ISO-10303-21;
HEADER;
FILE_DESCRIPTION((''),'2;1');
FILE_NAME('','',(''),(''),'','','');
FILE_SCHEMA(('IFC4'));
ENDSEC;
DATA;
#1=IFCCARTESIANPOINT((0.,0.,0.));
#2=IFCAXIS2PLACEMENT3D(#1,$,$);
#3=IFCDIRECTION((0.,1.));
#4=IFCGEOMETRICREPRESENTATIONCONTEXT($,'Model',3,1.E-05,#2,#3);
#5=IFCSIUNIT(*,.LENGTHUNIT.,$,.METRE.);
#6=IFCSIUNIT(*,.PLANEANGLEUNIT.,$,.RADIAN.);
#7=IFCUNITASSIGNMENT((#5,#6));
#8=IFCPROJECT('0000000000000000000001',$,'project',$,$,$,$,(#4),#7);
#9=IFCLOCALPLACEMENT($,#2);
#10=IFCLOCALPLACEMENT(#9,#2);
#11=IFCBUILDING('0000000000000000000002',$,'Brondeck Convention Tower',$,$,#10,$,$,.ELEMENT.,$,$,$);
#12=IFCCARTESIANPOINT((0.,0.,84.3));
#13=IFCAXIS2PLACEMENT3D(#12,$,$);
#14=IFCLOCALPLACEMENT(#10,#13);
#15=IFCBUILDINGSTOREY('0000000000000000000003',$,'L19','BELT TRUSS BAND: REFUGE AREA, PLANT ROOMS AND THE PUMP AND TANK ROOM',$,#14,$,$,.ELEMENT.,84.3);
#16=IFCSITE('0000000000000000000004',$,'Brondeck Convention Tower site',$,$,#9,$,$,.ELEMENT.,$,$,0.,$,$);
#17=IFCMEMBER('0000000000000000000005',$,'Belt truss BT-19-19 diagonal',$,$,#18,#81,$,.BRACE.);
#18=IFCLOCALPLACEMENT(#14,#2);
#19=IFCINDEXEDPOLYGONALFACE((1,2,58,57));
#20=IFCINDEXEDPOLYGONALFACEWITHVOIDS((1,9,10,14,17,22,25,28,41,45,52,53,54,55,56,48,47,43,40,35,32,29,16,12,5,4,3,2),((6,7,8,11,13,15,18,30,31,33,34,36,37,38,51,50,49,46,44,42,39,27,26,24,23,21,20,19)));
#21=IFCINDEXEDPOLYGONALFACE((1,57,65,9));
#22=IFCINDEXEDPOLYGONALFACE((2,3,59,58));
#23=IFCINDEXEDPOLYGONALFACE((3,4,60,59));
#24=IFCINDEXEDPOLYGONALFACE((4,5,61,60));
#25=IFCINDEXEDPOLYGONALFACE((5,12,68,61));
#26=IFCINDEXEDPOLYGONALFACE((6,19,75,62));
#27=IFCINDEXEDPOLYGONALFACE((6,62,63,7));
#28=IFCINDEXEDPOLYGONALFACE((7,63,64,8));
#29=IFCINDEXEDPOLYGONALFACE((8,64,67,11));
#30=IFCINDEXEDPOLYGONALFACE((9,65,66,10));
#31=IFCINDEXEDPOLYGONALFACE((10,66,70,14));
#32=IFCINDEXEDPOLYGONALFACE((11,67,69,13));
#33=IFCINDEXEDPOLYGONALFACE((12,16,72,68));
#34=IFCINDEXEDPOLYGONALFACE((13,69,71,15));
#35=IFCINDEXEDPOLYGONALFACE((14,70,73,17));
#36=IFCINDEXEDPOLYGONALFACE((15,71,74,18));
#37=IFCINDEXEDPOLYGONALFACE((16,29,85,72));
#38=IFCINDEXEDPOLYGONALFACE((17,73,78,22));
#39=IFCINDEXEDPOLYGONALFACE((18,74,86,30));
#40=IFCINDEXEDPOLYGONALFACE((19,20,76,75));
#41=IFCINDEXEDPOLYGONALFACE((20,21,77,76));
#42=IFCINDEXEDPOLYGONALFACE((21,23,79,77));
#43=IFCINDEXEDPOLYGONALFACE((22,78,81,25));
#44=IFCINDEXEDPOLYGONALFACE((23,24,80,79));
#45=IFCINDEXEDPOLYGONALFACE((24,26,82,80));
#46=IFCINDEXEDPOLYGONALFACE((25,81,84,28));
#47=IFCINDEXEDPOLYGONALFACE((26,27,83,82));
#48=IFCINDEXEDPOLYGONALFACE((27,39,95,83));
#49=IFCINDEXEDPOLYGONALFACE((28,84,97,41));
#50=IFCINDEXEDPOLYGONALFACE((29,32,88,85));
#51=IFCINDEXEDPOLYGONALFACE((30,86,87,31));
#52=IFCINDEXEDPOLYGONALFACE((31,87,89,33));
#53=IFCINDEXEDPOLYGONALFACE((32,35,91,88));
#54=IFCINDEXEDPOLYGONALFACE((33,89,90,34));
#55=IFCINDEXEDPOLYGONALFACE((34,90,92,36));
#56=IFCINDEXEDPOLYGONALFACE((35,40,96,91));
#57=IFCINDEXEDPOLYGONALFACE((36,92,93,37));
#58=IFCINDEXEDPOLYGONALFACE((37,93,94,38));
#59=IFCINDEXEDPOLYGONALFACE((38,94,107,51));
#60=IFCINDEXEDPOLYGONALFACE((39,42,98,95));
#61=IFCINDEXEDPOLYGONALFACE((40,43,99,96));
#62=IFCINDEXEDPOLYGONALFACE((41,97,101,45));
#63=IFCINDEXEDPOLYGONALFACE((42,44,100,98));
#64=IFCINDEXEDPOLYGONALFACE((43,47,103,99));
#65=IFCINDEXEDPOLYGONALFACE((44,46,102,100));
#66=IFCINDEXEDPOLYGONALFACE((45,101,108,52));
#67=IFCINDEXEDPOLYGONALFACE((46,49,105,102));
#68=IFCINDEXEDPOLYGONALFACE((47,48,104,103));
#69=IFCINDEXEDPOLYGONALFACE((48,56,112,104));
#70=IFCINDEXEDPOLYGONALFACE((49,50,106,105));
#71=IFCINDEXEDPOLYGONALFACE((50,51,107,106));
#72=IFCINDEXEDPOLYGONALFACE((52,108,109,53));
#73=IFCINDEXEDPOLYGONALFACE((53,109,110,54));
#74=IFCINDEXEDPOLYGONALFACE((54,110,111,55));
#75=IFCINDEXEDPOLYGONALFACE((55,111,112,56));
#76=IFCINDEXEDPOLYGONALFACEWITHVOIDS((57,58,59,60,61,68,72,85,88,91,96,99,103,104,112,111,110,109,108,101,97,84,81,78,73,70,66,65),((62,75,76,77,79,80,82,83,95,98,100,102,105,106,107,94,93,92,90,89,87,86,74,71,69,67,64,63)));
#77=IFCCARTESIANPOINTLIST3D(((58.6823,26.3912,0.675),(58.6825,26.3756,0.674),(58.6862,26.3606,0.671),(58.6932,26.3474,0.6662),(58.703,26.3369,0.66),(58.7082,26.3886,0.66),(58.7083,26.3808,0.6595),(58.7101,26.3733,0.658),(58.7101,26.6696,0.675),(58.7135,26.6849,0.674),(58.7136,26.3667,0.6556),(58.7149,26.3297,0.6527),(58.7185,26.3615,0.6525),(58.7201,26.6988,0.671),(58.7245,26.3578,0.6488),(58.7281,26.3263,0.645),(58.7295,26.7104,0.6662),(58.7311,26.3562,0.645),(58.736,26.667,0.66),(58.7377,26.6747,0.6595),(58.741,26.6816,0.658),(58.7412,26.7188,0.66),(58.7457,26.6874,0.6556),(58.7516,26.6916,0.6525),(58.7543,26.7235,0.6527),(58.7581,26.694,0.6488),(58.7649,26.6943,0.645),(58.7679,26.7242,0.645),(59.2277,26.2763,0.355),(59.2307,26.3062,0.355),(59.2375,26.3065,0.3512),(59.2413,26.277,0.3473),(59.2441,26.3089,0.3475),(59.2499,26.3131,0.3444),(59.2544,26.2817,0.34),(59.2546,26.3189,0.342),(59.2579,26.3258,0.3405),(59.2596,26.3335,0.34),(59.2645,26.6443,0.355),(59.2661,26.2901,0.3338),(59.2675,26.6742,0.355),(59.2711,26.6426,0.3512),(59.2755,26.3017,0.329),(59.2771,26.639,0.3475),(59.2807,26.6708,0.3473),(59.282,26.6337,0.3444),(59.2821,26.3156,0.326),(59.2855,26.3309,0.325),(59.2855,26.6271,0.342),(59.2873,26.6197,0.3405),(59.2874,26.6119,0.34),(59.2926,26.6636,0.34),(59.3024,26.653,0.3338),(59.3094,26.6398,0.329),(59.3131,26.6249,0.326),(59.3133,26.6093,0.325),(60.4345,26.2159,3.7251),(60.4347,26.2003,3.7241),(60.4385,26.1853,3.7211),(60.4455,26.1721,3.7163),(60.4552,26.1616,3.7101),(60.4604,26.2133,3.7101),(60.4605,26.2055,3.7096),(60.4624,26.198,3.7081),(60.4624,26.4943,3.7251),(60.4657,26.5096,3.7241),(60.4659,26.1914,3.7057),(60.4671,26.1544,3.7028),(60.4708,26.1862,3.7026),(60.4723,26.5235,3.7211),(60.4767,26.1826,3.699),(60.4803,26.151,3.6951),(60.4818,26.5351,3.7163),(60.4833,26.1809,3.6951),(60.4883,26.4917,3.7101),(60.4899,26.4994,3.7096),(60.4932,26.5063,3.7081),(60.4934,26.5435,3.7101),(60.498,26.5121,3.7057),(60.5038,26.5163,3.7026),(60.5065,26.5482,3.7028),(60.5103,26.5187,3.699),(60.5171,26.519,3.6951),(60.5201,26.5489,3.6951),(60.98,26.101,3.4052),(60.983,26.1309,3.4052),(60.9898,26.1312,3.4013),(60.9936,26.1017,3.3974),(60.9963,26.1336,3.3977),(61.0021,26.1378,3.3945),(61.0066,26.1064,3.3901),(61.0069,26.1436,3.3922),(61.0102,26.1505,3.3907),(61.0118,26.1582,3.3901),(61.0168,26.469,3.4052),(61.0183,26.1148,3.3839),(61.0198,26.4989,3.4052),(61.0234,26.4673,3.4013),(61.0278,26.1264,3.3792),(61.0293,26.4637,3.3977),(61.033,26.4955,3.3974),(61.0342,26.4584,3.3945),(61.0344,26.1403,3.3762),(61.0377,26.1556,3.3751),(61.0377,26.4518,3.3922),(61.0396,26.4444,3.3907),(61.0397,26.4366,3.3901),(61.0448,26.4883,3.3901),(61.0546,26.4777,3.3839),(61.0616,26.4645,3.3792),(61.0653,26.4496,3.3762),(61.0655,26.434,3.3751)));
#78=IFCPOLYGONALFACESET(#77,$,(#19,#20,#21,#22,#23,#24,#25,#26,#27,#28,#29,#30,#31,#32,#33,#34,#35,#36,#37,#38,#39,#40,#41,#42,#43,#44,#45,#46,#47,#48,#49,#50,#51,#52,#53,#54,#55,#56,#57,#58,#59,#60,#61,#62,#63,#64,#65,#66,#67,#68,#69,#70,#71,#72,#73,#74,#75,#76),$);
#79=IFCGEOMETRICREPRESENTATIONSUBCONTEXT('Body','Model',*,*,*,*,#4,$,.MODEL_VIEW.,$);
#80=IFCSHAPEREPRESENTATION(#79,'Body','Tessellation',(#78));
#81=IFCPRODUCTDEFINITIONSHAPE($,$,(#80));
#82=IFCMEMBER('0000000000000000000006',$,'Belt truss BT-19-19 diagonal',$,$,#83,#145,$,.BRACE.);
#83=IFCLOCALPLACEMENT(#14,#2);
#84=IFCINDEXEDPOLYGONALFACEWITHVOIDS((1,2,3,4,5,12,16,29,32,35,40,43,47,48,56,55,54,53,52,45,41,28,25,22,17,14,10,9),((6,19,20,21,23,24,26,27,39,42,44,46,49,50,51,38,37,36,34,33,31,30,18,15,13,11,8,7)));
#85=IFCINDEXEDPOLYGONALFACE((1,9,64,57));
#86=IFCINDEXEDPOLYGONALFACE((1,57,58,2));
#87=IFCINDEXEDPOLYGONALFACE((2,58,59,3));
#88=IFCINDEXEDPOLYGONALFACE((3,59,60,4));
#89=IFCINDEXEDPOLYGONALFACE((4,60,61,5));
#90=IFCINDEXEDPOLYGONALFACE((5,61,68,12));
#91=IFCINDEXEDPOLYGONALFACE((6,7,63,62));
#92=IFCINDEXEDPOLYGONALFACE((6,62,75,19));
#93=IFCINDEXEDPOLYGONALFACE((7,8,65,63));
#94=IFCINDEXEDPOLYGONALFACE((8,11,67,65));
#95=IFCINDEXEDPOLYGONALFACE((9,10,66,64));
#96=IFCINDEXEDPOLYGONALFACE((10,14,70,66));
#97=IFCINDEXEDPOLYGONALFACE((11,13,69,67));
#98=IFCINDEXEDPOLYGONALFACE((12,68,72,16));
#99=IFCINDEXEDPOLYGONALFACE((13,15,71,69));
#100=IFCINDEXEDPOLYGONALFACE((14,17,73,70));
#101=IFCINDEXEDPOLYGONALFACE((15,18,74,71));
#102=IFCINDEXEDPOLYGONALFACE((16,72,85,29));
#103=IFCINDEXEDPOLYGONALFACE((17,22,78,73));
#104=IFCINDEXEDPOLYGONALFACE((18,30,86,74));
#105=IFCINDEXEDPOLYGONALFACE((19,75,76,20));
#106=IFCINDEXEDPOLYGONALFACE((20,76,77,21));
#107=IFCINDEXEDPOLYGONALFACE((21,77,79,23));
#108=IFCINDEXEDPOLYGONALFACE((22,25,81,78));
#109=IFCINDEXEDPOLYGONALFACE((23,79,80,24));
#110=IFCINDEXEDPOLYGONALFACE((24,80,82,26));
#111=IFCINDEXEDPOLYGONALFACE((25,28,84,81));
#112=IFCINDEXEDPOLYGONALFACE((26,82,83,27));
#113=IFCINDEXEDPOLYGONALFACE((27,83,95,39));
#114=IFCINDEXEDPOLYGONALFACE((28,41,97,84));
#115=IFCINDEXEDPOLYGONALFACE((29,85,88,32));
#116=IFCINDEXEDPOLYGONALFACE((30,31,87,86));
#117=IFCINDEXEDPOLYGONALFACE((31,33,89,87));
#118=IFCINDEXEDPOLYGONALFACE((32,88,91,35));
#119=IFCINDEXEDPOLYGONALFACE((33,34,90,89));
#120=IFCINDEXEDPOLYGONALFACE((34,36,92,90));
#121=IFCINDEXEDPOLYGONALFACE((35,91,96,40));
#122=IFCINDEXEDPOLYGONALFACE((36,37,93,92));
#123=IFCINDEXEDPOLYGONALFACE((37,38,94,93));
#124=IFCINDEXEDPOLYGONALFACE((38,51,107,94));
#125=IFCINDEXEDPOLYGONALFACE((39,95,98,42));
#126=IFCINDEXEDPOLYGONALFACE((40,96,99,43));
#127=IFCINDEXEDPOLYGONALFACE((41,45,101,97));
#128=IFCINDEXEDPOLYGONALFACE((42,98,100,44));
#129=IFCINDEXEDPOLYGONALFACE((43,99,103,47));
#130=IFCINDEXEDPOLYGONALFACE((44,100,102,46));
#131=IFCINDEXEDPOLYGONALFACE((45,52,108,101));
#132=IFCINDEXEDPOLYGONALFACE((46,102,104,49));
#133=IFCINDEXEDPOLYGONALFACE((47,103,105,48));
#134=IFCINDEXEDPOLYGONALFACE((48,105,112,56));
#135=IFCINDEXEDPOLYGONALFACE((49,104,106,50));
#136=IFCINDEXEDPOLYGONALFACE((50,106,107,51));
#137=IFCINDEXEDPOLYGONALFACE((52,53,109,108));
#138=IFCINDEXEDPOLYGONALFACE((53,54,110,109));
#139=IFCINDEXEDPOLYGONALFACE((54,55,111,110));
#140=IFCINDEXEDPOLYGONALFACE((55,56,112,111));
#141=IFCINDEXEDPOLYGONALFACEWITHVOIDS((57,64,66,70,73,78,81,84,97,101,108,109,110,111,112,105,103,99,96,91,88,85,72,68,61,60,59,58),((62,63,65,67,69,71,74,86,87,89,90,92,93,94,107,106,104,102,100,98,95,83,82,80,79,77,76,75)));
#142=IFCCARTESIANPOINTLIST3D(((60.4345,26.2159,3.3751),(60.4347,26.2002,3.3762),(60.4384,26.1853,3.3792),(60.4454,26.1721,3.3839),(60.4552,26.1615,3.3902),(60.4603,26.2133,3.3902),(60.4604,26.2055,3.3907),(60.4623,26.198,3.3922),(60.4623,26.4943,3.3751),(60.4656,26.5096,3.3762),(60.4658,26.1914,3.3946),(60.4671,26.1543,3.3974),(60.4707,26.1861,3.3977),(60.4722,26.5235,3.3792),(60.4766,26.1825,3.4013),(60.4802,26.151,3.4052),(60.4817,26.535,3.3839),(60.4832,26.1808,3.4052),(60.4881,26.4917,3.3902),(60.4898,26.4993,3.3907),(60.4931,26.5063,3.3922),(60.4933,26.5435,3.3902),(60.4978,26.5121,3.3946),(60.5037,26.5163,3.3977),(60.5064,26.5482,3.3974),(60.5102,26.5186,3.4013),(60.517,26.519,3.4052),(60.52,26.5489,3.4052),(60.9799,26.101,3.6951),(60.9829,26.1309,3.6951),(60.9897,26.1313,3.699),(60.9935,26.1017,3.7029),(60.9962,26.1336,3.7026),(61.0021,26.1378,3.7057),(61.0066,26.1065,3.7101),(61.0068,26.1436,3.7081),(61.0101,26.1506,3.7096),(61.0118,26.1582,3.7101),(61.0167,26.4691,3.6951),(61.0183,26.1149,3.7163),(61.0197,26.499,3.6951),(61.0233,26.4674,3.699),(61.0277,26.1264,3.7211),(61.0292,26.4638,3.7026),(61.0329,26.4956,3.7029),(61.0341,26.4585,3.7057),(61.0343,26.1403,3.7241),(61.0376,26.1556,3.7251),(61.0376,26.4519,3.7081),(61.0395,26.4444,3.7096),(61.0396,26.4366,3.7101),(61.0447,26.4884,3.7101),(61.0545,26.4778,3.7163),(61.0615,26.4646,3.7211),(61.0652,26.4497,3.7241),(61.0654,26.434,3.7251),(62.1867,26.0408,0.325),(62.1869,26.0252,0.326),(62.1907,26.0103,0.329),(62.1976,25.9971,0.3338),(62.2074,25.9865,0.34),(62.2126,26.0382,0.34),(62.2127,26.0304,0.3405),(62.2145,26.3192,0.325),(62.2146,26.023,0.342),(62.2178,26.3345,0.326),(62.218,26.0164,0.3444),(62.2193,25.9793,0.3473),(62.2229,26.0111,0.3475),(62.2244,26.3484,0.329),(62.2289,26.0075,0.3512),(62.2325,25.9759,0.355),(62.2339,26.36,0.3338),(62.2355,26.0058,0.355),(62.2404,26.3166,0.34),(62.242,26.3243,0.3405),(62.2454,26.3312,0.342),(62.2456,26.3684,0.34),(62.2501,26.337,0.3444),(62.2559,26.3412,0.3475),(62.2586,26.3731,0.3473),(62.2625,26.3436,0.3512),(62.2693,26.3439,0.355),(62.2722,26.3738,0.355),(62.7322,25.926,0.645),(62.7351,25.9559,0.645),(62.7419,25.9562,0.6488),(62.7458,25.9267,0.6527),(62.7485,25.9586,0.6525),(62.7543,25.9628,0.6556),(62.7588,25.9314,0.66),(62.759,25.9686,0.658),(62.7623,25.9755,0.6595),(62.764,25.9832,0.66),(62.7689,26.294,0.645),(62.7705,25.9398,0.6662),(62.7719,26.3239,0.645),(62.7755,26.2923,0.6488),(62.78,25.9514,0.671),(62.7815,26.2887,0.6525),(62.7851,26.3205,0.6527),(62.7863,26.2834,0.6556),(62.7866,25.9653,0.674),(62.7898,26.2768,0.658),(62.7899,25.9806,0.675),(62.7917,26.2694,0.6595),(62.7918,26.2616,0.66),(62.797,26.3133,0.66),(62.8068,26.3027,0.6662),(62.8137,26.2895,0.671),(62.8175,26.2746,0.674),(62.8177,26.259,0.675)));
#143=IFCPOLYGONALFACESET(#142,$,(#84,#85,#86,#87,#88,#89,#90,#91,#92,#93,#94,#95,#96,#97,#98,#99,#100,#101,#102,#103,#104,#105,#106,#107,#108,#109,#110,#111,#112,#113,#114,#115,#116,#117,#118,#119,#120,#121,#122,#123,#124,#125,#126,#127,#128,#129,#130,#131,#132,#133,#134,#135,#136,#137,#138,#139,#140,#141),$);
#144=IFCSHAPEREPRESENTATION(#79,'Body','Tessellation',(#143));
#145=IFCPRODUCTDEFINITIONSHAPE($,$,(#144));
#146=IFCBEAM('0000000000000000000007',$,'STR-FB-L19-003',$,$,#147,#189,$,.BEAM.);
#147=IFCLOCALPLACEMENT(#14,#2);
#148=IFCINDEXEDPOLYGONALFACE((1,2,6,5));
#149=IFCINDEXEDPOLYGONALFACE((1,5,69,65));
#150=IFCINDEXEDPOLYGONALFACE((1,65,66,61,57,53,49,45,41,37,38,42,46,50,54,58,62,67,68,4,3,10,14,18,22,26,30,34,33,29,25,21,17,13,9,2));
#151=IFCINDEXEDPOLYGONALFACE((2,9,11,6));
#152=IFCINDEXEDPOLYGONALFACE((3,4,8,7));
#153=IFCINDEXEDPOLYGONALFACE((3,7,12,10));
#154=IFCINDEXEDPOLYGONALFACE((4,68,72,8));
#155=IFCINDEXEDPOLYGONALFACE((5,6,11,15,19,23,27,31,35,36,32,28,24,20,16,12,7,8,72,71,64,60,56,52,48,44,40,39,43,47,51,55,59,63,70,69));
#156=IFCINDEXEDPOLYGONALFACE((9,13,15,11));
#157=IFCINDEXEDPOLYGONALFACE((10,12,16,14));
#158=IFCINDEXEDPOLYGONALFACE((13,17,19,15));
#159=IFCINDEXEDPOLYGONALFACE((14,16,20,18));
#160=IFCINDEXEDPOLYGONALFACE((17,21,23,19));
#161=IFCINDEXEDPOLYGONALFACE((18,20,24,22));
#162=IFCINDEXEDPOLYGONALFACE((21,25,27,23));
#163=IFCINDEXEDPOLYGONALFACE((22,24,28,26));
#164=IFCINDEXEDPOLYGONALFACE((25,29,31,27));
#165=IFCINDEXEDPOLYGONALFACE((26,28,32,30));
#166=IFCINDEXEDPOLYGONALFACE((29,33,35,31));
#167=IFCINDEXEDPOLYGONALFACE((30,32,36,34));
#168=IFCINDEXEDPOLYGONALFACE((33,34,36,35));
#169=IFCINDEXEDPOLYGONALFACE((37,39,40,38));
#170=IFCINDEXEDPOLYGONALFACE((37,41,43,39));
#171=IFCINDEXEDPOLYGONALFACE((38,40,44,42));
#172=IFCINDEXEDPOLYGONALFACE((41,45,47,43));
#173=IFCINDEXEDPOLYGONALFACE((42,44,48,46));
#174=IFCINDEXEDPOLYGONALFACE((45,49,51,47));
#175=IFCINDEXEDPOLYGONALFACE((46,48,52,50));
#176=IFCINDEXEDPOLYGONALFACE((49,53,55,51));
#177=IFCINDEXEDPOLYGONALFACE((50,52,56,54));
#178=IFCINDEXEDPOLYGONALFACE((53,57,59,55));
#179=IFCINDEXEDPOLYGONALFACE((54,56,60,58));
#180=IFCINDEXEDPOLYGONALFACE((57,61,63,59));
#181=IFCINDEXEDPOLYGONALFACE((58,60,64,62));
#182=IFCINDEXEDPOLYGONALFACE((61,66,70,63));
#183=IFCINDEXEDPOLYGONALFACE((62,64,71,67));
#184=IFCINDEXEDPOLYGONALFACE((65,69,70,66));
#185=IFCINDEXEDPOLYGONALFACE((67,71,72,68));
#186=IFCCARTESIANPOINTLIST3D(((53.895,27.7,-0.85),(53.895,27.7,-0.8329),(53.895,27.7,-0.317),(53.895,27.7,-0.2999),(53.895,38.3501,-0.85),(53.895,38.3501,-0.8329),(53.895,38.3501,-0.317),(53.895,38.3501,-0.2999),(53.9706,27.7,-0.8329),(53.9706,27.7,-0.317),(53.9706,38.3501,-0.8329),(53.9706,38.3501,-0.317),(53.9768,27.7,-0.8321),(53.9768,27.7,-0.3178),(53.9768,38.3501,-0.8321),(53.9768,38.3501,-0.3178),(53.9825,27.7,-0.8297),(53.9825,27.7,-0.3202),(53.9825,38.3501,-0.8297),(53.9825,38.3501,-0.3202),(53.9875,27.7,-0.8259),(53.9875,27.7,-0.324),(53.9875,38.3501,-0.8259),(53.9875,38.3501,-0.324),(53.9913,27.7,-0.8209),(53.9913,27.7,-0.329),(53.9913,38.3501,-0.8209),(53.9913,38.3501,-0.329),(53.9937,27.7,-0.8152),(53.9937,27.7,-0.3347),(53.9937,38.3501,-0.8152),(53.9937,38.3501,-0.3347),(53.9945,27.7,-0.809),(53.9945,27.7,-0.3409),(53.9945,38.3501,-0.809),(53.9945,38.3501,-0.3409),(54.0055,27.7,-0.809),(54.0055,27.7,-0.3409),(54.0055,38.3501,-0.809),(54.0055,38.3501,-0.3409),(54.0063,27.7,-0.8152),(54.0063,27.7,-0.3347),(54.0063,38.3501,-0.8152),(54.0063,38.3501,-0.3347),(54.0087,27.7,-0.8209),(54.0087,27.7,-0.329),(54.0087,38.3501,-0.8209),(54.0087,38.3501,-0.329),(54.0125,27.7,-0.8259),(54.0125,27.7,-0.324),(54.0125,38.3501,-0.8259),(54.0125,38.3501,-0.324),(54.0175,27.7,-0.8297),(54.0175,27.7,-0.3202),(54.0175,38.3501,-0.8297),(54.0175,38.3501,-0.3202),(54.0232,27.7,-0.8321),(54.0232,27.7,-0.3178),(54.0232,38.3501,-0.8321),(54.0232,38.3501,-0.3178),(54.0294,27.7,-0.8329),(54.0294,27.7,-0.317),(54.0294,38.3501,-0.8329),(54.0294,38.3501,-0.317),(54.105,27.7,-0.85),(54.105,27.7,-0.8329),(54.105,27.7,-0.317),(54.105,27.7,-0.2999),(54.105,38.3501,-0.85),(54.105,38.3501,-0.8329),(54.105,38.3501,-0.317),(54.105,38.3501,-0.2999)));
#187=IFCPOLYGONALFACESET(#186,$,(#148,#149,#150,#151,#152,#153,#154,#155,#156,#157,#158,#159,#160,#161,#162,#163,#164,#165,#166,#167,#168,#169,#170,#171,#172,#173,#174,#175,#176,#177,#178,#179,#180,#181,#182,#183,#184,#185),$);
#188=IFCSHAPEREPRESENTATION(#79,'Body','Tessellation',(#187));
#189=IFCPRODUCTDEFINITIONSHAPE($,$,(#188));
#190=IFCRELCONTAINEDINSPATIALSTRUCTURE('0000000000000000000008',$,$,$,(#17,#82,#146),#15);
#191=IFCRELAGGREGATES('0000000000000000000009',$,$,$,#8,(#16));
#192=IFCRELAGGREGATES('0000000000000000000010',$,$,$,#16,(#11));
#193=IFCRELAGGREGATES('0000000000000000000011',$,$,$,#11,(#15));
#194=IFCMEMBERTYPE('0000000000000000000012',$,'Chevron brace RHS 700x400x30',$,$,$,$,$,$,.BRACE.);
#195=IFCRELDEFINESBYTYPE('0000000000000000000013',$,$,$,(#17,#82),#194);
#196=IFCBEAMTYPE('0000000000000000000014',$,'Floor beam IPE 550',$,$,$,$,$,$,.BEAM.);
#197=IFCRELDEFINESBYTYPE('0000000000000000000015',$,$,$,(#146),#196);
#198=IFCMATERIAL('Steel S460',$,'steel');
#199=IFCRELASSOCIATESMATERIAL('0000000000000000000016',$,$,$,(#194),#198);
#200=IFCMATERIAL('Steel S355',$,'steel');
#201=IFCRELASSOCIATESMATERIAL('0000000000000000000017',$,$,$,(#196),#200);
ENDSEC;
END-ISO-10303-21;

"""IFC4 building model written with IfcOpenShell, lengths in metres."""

from ifc_helpers import new_model, si_unit, direction, frame, origin, origin_2d, place, context, subcontext, project, spatial, hollow_rectangle, i_section, extrude, material, material_profile, profile_set, type_object, element, save


model = new_model("IFC4")

# Units and contexts
model_context = context("Model", 3, precision=1e-05, world=origin(), true_north=direction((0.0, 1.0)))
body_context = subcontext(model_context, "Body", "Model", "MODEL_VIEW")
ifc_project = project(units=[si_unit("LENGTHUNIT", "METRE"), si_unit("PLANEANGLEUNIT", "RADIAN")], contexts=[model_context])

# Site, building, storey
site_placement = place(None, origin())
site = spatial("IfcSite", under=ifc_project, at=site_placement, Name="Brondeck Convention Tower site", CompositionType="ELEMENT", RefElevation=0.0)
building_placement = place(site_placement, origin())
building = spatial("IfcBuilding", under=site, at=building_placement, Name="Brondeck Convention Tower", CompositionType="ELEMENT")
storey_placement = place(building_placement, frame((0.0, 0.0, 84.3)))
storey = spatial("IfcBuildingStorey", under=building, at=storey_placement, Name="L19", Description="BELT TRUSS BAND: REFUGE AREA, PLANT ROOMS AND THE PUMP AND TANK ROOM", CompositionType="ELEMENT", Elevation=84.3)

# Members
ifc_material_1 = material(Name="Steel S460", Category="steel")
ifc_material_profile_1 = material_profile(ifc_material_1, hollow_rectangle(XDim=0.3999, YDim=0.7, WallThickness=0.03, InnerFilletRadius=0.03, OuterFilletRadius=0.0601, at=origin_2d()), Name="RHS 700x400x30")
ifc_profile_set_1 = profile_set([ifc_material_profile_1], Name="Steel S460")
member_type_1 = type_object("IfcMemberType", Name="Chevron brace RHS 700x400x30", PredefinedType="BRACE", material=ifc_profile_set_1)
for number, where, z_axis, x_axis, name in (
    (1, (58.9978, 26.5002, 0.5), (0.497516, -0.049772, 0.866026), (0.099545, 0.995033, 0.0), "Belt truss BT-19-19 diagonal"),
    (2, (62.5022, 26.1499, 0.5), (-0.497518, 0.049703, 0.866029), (-0.099408, -0.995047, 0.0), "Belt truss BT-19-19 diagonal"),
):
    element("IfcMember", number, at=place(storey_placement, frame(where, z_axis=z_axis, x_axis=x_axis)), inside=storey, type_object=member_type_1, Name=name, PredefinedType="BRACE", context=body_context, shape_type="SweptSolid", body=[
        extrude(hollow_rectangle(XDim=0.3999, YDim=0.7, WallThickness=0.03, InnerFilletRadius=0.03, OuterFilletRadius=0.0601, at=origin_2d()), origin(), (0.0, 0.0, 1.0), 3.522),
    ])

# Beam
ifc_material_2 = material(Name="Steel S355", Category="steel")
ifc_material_profile_2 = material_profile(ifc_material_2, i_section(OverallWidth=0.21, OverallDepth=0.55, WebThickness=0.011, FlangeThickness=0.0171, FilletRadius=0.0239, at=origin_2d()), Name="IPE 550")
ifc_profile_set_2 = profile_set([ifc_material_profile_2], Name="Steel S355")
beam_type_1 = type_object("IfcBeamType", Name="Floor beam IPE 550", PredefinedType="BEAM", material=ifc_profile_set_2)
beam_1_placement = place(storey_placement, frame((54.0, 27.7, -0.575), z_axis=(0.0, 1.0, 0.0), x_axis=(-1.0, 0.0, 0.0)))
element("IfcBeam", 3, at=beam_1_placement, inside=storey, type_object=beam_type_1, Name="STR-FB-L19-003", PredefinedType="BEAM", context=body_context, shape_type="SweptSolid", body=[
    extrude(i_section(OverallWidth=0.21, OverallDepth=0.55, WebThickness=0.011, FlangeThickness=0.0171, FilletRadius=0.0239, at=origin_2d()), origin(), (0.0, 0.0, 1.0), 10.6501),
])

save(model, "model.ifc")
